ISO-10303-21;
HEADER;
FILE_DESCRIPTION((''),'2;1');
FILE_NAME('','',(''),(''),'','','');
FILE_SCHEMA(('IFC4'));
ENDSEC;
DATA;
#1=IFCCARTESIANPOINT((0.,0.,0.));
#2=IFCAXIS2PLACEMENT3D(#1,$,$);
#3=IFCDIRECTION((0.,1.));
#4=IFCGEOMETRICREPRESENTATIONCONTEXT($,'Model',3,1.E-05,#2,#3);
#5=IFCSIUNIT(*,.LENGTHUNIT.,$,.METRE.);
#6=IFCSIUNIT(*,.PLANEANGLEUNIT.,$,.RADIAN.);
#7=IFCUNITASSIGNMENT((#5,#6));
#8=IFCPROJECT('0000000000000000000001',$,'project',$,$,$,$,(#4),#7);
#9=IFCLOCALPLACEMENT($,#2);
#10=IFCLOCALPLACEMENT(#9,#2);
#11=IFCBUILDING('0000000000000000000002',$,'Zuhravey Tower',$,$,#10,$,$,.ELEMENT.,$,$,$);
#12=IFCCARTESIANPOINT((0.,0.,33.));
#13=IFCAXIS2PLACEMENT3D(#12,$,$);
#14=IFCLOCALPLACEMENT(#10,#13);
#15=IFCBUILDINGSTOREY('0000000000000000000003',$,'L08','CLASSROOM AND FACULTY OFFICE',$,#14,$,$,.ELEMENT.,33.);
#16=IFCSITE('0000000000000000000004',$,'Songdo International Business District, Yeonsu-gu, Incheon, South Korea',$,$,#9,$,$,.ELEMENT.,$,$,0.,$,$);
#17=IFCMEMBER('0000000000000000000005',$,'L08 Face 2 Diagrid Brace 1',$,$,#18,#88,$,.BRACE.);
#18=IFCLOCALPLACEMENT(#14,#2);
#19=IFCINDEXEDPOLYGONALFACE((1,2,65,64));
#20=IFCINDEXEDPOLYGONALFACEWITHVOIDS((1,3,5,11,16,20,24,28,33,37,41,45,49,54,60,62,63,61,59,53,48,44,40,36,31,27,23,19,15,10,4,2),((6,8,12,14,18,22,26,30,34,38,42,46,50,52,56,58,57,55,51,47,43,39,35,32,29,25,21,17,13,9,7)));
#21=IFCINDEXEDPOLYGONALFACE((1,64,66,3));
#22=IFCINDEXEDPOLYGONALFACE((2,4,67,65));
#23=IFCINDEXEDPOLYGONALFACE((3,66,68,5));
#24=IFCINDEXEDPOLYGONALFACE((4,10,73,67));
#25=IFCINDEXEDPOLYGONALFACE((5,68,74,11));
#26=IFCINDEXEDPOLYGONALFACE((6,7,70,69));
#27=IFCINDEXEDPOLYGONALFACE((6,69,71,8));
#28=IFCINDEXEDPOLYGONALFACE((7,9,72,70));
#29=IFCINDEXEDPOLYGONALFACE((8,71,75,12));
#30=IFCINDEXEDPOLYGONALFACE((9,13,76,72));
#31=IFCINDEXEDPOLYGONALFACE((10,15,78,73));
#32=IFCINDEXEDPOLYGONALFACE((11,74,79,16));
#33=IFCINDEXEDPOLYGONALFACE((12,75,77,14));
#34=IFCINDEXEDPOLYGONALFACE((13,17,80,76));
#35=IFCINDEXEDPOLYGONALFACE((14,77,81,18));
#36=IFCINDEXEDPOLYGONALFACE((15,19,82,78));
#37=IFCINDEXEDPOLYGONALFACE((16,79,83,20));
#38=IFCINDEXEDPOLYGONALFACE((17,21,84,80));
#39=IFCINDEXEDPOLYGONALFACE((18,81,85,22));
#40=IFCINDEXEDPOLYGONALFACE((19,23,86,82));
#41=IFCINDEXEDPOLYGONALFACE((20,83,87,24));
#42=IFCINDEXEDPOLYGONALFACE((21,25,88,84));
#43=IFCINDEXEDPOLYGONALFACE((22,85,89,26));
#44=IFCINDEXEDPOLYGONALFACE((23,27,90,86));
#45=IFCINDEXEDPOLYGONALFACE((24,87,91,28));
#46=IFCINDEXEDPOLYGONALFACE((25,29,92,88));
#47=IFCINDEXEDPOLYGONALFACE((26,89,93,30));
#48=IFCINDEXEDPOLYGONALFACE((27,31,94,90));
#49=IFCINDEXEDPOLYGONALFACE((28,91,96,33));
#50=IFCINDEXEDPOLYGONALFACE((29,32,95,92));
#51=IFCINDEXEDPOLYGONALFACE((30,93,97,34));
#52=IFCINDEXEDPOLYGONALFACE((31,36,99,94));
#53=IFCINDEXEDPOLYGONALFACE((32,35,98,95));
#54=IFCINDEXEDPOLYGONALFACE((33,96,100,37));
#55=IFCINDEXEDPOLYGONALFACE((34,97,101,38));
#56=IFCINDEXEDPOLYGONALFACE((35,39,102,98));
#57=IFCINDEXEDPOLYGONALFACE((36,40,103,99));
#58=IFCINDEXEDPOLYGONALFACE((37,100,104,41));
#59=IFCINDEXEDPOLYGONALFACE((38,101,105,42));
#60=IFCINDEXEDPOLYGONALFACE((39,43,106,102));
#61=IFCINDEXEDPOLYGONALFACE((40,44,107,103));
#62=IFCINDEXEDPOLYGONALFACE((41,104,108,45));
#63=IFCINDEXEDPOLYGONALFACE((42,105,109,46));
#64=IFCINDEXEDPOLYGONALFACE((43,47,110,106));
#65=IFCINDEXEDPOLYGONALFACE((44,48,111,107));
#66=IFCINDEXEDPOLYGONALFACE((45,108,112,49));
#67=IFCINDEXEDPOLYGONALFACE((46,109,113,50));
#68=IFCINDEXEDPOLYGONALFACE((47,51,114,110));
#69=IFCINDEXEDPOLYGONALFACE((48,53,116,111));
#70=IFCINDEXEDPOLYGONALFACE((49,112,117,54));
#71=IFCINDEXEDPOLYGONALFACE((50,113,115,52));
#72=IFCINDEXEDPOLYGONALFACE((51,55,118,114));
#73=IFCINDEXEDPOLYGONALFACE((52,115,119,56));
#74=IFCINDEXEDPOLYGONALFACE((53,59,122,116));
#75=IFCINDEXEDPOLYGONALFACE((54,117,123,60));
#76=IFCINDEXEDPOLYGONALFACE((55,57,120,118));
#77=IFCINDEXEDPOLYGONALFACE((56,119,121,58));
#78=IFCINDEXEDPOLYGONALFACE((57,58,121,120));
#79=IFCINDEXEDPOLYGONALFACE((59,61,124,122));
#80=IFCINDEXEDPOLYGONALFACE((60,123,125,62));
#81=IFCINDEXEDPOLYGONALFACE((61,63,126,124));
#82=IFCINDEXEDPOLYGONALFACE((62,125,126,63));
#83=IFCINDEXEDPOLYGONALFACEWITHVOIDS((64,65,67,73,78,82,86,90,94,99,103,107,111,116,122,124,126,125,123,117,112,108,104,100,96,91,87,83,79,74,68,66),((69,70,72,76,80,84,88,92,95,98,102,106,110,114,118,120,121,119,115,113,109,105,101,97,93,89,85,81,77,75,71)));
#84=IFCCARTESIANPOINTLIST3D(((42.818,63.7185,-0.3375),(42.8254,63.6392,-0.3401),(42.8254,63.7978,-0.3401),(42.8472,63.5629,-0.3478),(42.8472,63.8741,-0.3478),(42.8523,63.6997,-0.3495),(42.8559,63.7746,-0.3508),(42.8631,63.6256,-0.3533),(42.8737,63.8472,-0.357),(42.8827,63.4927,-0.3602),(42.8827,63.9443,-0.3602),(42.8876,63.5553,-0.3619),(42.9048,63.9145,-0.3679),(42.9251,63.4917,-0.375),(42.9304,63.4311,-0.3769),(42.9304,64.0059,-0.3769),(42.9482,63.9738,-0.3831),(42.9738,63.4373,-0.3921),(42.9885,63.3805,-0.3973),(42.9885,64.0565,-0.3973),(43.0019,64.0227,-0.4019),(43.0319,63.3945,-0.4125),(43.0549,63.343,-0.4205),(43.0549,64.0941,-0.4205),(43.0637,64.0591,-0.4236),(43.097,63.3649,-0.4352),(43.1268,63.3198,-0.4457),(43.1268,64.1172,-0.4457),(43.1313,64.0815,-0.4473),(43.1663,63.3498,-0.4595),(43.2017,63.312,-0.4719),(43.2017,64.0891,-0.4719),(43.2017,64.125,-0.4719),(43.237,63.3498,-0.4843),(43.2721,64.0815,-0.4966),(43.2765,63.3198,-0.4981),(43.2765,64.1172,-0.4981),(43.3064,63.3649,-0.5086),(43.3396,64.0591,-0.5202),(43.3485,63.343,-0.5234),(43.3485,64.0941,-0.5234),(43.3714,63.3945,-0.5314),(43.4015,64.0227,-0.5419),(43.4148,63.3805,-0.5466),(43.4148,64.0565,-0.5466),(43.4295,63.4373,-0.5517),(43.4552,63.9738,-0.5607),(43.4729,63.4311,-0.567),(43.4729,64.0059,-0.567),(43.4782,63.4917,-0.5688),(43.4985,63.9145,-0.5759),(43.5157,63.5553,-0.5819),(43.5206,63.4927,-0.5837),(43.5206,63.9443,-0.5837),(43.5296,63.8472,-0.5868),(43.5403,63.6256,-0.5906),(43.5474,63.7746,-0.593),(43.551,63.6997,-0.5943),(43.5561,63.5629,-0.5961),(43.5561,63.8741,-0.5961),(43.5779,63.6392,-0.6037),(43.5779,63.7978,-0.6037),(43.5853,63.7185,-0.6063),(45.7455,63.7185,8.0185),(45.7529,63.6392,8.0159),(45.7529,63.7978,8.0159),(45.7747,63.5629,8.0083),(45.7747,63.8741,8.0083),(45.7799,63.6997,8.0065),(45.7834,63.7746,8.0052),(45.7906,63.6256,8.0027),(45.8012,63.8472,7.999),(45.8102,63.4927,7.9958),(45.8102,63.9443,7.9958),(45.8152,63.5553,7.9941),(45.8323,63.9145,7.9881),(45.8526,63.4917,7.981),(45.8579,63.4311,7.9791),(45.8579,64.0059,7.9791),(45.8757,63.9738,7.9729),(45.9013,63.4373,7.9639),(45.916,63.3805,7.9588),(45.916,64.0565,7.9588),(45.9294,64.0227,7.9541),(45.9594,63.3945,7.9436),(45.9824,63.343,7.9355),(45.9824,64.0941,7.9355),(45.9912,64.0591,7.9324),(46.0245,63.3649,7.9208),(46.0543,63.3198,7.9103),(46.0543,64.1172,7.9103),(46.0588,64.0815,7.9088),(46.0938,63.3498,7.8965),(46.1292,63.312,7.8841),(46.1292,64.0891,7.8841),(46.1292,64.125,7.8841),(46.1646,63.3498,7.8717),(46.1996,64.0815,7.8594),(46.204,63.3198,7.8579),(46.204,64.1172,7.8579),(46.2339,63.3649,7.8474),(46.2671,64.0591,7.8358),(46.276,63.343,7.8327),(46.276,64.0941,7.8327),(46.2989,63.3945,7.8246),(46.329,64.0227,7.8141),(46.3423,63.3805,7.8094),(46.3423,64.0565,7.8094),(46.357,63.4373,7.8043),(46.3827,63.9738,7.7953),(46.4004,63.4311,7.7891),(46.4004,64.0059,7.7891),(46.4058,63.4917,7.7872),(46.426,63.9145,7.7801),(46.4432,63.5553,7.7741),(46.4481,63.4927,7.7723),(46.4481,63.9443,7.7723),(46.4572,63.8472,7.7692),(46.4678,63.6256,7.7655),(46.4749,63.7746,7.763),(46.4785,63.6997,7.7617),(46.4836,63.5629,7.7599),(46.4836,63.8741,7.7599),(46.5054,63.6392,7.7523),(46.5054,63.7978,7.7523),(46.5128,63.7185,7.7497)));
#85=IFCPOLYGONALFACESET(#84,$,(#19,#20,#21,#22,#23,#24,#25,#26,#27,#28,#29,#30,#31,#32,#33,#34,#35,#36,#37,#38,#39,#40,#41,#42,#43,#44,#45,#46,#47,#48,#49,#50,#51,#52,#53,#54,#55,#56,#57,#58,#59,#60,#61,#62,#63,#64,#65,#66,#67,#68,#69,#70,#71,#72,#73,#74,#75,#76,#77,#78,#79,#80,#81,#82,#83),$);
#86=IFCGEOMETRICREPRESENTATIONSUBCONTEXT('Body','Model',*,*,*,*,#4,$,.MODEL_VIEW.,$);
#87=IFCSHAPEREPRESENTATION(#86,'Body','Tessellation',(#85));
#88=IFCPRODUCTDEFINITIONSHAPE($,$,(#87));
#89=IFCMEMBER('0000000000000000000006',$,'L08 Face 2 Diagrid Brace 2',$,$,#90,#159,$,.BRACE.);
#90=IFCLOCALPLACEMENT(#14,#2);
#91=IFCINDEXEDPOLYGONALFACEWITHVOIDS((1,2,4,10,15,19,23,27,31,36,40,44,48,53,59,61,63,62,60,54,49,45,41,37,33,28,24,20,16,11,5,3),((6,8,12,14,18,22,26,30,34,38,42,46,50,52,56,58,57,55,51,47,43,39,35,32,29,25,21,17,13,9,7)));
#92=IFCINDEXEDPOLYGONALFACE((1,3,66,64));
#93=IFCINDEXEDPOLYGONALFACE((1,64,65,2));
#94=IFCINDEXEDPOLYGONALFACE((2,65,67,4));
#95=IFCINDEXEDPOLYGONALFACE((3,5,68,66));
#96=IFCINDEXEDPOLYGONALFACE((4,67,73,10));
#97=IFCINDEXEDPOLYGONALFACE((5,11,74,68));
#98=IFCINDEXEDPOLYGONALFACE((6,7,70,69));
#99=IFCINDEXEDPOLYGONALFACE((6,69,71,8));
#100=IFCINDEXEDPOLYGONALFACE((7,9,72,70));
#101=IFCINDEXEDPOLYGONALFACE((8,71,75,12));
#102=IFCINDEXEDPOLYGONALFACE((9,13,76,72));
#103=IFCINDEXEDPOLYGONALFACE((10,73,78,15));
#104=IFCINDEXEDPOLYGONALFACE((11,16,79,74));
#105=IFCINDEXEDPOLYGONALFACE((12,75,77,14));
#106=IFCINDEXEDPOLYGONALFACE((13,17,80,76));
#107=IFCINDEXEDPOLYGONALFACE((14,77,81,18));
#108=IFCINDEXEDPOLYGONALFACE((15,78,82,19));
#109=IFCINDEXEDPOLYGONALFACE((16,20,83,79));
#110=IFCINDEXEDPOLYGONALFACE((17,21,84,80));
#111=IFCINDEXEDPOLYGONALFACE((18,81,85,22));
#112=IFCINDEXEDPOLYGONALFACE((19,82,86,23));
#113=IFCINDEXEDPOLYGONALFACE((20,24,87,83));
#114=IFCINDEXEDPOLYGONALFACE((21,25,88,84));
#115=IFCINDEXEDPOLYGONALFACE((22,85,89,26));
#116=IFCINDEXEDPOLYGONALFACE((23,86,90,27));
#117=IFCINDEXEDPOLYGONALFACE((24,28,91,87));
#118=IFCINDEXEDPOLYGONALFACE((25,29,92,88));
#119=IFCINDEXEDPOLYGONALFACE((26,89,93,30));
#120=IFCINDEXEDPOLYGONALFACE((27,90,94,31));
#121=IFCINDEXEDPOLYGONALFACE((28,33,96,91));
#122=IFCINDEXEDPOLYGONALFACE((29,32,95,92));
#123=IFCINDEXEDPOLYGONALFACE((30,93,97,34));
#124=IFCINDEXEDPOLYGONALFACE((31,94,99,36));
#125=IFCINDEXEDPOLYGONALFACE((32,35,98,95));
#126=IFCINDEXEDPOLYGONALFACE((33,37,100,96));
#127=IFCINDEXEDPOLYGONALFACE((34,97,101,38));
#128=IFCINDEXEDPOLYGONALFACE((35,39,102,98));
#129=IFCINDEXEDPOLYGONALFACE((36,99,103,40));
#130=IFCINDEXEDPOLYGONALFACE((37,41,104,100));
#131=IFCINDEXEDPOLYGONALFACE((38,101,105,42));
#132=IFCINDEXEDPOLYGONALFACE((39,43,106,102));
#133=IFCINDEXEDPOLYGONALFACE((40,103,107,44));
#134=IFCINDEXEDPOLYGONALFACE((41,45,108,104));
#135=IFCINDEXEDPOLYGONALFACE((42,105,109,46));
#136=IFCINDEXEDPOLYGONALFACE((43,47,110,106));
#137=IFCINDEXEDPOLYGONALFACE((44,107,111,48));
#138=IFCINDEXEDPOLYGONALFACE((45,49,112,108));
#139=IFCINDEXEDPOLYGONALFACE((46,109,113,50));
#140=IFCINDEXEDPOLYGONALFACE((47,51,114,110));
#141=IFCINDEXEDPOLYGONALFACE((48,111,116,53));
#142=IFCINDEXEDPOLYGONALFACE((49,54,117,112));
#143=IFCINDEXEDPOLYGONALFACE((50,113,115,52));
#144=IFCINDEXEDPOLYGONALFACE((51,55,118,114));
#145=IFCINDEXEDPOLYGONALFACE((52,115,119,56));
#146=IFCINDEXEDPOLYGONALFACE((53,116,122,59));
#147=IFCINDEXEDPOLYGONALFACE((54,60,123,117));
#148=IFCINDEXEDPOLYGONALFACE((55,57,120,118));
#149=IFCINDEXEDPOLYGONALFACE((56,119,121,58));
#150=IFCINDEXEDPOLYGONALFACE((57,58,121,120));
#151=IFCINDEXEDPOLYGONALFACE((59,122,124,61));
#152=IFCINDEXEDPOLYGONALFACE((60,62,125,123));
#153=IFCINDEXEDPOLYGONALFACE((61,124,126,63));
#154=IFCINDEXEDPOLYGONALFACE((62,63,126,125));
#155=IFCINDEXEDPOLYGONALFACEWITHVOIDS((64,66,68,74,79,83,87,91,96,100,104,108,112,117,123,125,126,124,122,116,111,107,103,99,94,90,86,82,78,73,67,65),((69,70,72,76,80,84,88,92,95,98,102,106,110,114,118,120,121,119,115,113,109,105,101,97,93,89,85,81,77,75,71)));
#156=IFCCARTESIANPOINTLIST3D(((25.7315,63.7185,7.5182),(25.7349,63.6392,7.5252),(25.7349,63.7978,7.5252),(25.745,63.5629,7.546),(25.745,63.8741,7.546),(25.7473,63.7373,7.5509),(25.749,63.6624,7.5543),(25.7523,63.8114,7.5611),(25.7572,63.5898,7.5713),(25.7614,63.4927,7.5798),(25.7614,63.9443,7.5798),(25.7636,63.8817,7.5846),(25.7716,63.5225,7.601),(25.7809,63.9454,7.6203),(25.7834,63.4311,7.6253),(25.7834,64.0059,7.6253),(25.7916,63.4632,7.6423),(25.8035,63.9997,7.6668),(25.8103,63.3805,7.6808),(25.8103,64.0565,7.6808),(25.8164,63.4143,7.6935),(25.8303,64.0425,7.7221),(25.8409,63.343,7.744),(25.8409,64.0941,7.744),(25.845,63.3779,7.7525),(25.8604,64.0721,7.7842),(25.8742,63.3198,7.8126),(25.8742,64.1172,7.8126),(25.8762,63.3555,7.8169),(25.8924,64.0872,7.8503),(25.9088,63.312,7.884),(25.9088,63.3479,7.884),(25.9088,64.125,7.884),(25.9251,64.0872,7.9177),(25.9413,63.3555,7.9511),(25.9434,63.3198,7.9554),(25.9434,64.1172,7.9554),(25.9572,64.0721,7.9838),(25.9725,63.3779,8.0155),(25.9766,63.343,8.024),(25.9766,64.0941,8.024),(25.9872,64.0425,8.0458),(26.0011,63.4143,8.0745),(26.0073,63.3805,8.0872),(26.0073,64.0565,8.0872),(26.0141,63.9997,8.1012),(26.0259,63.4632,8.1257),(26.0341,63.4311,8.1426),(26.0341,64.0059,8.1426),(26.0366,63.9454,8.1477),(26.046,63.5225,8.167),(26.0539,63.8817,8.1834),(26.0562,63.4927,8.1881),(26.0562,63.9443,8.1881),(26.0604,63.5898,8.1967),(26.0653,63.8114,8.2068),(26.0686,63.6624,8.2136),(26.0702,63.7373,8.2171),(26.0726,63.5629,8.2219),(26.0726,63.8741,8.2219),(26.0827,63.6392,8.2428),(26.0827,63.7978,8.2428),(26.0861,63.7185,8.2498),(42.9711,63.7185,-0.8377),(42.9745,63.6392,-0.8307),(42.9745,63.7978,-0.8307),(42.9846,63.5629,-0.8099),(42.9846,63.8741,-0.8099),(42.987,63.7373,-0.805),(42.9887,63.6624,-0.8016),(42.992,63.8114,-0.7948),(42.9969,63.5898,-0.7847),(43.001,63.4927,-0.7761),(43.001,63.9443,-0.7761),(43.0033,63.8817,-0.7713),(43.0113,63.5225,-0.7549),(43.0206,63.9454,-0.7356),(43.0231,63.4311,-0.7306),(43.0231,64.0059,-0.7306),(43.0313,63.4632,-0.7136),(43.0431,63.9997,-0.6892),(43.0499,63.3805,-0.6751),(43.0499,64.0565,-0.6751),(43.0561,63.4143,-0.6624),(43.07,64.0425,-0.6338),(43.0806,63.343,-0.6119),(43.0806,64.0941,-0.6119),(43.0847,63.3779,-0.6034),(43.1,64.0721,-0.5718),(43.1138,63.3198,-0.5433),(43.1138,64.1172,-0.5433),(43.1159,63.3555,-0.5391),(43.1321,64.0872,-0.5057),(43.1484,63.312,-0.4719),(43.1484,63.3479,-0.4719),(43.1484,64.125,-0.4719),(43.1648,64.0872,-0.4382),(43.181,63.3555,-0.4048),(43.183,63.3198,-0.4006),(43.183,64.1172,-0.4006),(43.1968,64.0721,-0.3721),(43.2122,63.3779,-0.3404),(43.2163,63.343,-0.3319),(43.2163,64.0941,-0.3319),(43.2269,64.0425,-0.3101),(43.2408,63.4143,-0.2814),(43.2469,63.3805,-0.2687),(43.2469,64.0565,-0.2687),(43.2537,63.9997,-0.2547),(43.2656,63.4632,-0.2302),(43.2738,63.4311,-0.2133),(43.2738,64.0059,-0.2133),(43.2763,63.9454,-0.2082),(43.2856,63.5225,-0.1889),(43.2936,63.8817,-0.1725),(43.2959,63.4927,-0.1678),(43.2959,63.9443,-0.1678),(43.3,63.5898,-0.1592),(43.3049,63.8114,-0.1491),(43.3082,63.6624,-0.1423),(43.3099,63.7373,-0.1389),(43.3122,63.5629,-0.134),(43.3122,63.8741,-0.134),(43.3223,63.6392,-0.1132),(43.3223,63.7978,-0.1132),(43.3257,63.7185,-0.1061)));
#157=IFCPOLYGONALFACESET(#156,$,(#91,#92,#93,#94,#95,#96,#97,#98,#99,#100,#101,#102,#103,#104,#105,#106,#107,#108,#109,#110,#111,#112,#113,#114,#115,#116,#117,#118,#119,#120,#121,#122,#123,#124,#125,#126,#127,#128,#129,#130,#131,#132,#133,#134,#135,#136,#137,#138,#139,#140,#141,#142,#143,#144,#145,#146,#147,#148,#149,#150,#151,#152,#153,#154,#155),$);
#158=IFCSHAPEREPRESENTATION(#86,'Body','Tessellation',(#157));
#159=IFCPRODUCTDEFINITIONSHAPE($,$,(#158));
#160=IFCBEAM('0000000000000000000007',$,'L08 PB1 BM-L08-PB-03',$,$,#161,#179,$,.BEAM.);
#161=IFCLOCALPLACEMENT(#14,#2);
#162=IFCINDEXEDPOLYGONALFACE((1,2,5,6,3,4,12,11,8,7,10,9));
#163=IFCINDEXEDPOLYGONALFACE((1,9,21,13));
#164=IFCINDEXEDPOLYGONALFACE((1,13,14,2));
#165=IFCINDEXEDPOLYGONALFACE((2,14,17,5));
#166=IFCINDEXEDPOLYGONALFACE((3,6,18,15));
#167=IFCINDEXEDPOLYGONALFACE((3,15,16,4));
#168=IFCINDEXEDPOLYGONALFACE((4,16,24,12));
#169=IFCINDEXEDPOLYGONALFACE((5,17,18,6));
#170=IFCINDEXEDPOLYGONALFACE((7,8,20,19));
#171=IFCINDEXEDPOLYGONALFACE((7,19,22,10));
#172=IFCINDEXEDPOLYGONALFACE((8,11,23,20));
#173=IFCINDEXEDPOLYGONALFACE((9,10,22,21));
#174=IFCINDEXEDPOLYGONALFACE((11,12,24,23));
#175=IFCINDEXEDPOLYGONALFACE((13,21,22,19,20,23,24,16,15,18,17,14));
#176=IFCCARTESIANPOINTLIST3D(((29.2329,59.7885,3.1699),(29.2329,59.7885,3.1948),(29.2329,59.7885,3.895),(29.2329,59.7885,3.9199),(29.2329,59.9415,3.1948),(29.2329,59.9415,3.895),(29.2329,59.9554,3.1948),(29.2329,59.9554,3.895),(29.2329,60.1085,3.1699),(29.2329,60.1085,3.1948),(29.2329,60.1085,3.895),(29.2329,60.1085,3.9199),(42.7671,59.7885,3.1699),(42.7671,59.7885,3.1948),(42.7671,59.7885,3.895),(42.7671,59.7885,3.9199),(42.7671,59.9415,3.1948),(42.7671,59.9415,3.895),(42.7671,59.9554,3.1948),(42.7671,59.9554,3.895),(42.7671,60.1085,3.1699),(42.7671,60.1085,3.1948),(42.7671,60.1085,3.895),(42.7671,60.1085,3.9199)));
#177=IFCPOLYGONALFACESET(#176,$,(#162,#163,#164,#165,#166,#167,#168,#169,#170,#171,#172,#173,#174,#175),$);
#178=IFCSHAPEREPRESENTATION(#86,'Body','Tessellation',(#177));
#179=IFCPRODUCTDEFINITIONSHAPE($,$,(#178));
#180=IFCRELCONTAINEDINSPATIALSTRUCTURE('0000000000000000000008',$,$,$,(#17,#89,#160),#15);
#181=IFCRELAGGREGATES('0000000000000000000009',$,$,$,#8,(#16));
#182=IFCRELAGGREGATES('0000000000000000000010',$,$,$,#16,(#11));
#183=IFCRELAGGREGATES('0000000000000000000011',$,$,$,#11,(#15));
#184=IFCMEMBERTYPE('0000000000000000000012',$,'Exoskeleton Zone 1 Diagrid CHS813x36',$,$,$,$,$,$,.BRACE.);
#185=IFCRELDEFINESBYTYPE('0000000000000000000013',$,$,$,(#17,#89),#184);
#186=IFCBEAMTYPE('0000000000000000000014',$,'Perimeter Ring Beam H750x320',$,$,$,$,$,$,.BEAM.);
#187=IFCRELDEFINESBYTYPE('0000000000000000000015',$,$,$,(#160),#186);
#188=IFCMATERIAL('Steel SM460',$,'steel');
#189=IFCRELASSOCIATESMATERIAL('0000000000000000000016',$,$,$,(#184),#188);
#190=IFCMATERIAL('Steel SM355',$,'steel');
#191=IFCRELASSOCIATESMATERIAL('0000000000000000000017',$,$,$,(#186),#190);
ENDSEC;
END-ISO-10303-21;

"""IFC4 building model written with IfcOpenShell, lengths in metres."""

from ifc_helpers import new_model, si_unit, direction, frame, origin, origin_2d, place, context, subcontext, project, spatial, hollow_circle, i_section, extrude, material, material_profile, profile_set, type_object, element, save


model = new_model("IFC4")

# Units and contexts
model_context = context("Model", 3, precision=1e-05, world=origin(), true_north=direction((0.0, 1.0)))
body_context = subcontext(model_context, "Body", "Model", "MODEL_VIEW")
ifc_project = project(units=[si_unit("LENGTHUNIT", "METRE"), si_unit("PLANEANGLEUNIT", "RADIAN")], contexts=[model_context])

# Site, building, storey
site_placement = place(None, origin())
site = spatial("IfcSite", under=ifc_project, at=site_placement, Name="Songdo International Business District, Yeonsu-gu, Incheon, South Korea", CompositionType="ELEMENT", RefElevation=0.0)
building_placement = place(site_placement, origin())
building = spatial("IfcBuilding", under=site, at=building_placement, Name="Zuhravey Tower", CompositionType="ELEMENT")
storey_placement = place(building_placement, frame((0.0, 0.0, 33.0)))
storey = spatial("IfcBuildingStorey", under=building, at=storey_placement, Name="L08", Description="CLASSROOM AND FACULTY OFFICE", CompositionType="ELEMENT", Elevation=33.0)

# Members
ifc_material_1 = material(Name="Steel SM355", Category="steel")
ifc_material_2 = material(Name="Steel SM460", Category="steel")
ifc_material_profile_1 = material_profile(ifc_material_2, hollow_circle(Radius=0.4065, WallThickness=0.0359, at=origin_2d()), Name="CHS-812.8x36")
ifc_profile_set_1 = profile_set([ifc_material_profile_1], Name="Steel SM460")
member_type_1 = type_object("IfcMemberType", Name="Exoskeleton Zone 1 Diagrid CHS813x36", PredefinedType="BRACE", material=ifc_profile_set_1)
member_1_placement = place(storey_placement, frame((43.2017, 63.7185, -0.4719), z_axis=(0.330643, 0.0, 0.943756), x_axis=(0.0, 1.0, 0.0)))
element("IfcMember", 1, at=member_1_placement, inside=storey, type_object=member_type_1, Name="L08 Face 2 Diagrid Brace 1", PredefinedType="BRACE", context=body_context, shape_type="SweptSolid", body=[
    extrude(hollow_circle(Radius=0.4065, WallThickness=0.0359, at=origin_2d()), origin(), (0.0, 0.0, 1.0), 8.854),
])
member_2_placement = place(storey_placement, frame((43.1484, 63.7185, -0.4719), z_axis=(-0.89987, 0.0, 0.436159), x_axis=(0.0, -1.0, 0.0)))
element("IfcMember", 2, at=member_2_placement, inside=storey, type_object=member_type_1, Name="L08 Face 2 Diagrid Brace 2", PredefinedType="BRACE", context=body_context, shape_type="SweptSolid", body=[
    extrude(hollow_circle(Radius=0.4065, WallThickness=0.0359, at=origin_2d()), origin(), (0.0, 0.0, 1.0), 19.158),
])

# Beam
ifc_material_profile_2 = material_profile(ifc_material_1, i_section(OverallWidth=0.3201, OverallDepth=0.75, WebThickness=0.0139, FlangeThickness=0.0249, at=origin_2d()), Name="H-750x320x14x25")
ifc_profile_set_2 = profile_set([ifc_material_profile_2], Name="Steel SM355")
beam_type_1 = type_object("IfcBeamType", Name="Perimeter Ring Beam H750x320", PredefinedType="BEAM", material=ifc_profile_set_2)
beam_1_placement = place(storey_placement, frame((42.7671, 59.9485, 3.5449), z_axis=(-1.0, 0.0, 0.0), x_axis=(0.0, -1.0, 0.0)))
element("IfcBeam", 3, at=beam_1_placement, inside=storey, type_object=beam_type_1, Name="L08 PB1 BM-L08-PB-03", PredefinedType="BEAM", context=body_context, shape_type="SweptSolid", body=[
    extrude(i_section(OverallWidth=0.3201, OverallDepth=0.75, WebThickness=0.0139, FlangeThickness=0.0249, at=origin_2d()), origin(), (0.0, 0.0, 1.0), 13.5342),
])

save(model, "model.ifc")
